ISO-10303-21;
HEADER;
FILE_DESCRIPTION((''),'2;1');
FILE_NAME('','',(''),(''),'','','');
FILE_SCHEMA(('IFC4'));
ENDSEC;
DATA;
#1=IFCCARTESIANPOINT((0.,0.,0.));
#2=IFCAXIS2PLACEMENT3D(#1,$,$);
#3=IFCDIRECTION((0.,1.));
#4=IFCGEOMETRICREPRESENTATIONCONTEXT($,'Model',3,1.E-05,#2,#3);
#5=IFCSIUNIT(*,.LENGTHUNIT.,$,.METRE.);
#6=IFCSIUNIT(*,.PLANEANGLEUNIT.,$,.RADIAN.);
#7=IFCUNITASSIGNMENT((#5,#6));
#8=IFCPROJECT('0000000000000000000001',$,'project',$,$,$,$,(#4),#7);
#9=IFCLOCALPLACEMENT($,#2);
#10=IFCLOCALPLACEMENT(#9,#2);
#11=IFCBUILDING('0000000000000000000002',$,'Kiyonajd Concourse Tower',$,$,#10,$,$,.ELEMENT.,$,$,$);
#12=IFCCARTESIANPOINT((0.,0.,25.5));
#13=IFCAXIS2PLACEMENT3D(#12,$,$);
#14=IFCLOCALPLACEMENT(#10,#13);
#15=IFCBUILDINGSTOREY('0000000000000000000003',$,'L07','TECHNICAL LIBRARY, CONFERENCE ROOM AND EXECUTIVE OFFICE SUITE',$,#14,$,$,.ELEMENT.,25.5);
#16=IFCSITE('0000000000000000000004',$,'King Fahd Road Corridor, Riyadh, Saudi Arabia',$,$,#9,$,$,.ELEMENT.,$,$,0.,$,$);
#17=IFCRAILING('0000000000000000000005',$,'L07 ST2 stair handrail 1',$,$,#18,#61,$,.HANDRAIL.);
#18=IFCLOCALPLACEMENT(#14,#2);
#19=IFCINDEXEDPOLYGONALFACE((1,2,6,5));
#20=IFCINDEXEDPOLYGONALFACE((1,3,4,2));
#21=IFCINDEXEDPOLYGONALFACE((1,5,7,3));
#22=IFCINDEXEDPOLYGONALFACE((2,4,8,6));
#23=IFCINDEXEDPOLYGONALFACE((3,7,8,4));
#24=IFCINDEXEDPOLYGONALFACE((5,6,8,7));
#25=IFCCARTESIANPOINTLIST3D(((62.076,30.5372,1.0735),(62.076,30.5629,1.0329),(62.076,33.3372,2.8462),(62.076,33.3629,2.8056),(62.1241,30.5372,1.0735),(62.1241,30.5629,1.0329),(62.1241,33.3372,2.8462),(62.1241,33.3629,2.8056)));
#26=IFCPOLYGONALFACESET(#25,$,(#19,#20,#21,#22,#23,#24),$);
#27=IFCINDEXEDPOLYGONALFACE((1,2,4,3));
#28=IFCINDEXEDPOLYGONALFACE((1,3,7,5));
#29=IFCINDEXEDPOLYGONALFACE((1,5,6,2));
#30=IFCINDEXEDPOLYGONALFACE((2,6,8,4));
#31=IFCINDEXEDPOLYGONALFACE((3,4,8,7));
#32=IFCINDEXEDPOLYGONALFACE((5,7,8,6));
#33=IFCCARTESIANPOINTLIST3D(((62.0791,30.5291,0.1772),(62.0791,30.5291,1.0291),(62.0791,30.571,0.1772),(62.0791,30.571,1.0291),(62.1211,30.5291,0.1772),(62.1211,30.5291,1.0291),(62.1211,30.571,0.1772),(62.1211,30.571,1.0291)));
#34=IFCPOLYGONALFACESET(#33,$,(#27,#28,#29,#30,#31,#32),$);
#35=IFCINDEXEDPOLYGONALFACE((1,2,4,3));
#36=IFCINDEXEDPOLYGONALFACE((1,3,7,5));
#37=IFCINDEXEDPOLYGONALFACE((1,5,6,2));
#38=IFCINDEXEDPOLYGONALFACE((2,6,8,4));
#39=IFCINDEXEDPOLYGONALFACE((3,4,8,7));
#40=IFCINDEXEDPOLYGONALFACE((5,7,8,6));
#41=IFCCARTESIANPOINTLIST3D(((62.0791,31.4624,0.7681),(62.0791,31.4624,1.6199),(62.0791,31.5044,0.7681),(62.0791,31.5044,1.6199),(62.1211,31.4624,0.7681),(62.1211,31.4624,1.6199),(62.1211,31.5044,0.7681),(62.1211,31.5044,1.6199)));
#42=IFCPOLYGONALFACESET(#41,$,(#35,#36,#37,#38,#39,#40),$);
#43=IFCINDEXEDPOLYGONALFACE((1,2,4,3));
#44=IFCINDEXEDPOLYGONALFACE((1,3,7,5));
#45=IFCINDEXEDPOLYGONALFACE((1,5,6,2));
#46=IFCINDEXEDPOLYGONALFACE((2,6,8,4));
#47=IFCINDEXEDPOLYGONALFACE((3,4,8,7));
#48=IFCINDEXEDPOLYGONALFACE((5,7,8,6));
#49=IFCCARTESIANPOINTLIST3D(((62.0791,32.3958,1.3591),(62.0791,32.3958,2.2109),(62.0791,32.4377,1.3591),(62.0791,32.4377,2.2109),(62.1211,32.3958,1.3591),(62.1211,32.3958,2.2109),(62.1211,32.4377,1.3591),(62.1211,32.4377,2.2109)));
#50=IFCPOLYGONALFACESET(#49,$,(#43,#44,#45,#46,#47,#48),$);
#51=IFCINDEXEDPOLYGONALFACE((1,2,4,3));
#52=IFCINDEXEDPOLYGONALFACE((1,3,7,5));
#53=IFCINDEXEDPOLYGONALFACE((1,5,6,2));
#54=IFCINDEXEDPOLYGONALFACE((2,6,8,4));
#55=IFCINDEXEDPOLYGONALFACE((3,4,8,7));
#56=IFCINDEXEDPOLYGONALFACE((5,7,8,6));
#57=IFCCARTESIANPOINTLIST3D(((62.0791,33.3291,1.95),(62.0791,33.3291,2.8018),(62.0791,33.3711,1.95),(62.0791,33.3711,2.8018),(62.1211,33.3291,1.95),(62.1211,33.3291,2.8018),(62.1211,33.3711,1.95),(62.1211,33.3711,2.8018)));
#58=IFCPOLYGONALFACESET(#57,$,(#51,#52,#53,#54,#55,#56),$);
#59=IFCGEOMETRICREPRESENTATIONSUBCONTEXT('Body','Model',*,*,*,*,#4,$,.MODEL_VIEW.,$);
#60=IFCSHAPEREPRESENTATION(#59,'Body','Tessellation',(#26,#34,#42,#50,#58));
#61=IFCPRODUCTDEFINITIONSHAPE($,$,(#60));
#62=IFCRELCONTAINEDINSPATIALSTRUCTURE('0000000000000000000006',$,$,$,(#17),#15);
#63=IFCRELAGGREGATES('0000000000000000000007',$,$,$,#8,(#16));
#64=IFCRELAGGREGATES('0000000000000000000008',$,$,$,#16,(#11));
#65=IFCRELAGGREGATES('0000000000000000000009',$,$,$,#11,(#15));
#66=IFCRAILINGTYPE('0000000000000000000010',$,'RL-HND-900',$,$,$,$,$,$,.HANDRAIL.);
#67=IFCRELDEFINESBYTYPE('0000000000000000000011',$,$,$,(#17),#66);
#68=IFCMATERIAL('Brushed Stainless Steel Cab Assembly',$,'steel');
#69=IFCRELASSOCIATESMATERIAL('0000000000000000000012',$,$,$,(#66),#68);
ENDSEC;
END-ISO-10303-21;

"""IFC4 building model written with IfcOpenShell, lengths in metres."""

from ifc_helpers import new_model, si_unit, direction, frame, origin, origin_2d, place, context, subcontext, project, spatial, rectangle, extrude, material, type_object, element, save


model = new_model("IFC4")

# Units and contexts
model_context = context("Model", 3, precision=1e-05, world=origin(), true_north=direction((0.0, 1.0)))
body_context = subcontext(model_context, "Body", "Model", "MODEL_VIEW")
ifc_project = project(units=[si_unit("LENGTHUNIT", "METRE"), si_unit("PLANEANGLEUNIT", "RADIAN")], contexts=[model_context])

# Site, building, storey
site_placement = place(None, origin())
site = spatial("IfcSite", under=ifc_project, at=site_placement, Name="King Fahd Road Corridor, Riyadh, Saudi Arabia", CompositionType="ELEMENT", RefElevation=0.0)
building_placement = place(site_placement, origin())
building = spatial("IfcBuilding", under=site, at=building_placement, Name="Kiyonajd Concourse Tower", CompositionType="ELEMENT")
storey_placement = place(building_placement, frame((0.0, 0.0, 25.5)))
storey = spatial("IfcBuildingStorey", under=building, at=storey_placement, Name="L07", Description="TECHNICAL LIBRARY, CONFERENCE ROOM AND EXECUTIVE OFFICE SUITE", CompositionType="ELEMENT", Elevation=25.5)

# Railing
ifc_material_1 = material(Name="Brushed Stainless Steel Cab Assembly", Category="steel")
railing_type_1 = type_object("IfcRailingType", Name="RL-HND-900", PredefinedType="HANDRAIL", material=ifc_material_1)
railing_1_placement = place(storey_placement, frame((62.1001, 30.55, 0.1772)))
element("IfcRailing", 1, at=railing_1_placement, inside=storey, type_object=railing_type_1, Name="L07 ST2 stair handrail 1", PredefinedType="HANDRAIL", context=body_context, shape_type="SweptSolid", body=[
    extrude(rectangle(XDim=0.0481, YDim=0.0481, at=origin_2d()), frame((0.0, 0.0, 0.876), z_axis=(0.0, 0.844909, 0.53491), x_axis=(-1.0, 0.0, 0.0)), (0.0, 0.0, 1.0), 3.314),
    extrude(rectangle(XDim=0.042, YDim=0.042, at=origin_2d()), origin(), (0.0, 0.0, 1.0), 0.8518),
    extrude(rectangle(XDim=0.042, YDim=0.042, at=origin_2d()), frame((0.0, 0.9333, 0.5908)), (0.0, 0.0, 1.0), 0.8518),
    extrude(rectangle(XDim=0.042, YDim=0.042, at=origin_2d()), frame((0.0, 1.8667, 1.1819)), (0.0, 0.0, 1.0), 0.8518),
    extrude(rectangle(XDim=0.042, YDim=0.042, at=origin_2d()), frame((0.0, 2.8, 1.7727)), (0.0, 0.0, 1.0), 0.8518),
])

save(model, "model.ifc")
